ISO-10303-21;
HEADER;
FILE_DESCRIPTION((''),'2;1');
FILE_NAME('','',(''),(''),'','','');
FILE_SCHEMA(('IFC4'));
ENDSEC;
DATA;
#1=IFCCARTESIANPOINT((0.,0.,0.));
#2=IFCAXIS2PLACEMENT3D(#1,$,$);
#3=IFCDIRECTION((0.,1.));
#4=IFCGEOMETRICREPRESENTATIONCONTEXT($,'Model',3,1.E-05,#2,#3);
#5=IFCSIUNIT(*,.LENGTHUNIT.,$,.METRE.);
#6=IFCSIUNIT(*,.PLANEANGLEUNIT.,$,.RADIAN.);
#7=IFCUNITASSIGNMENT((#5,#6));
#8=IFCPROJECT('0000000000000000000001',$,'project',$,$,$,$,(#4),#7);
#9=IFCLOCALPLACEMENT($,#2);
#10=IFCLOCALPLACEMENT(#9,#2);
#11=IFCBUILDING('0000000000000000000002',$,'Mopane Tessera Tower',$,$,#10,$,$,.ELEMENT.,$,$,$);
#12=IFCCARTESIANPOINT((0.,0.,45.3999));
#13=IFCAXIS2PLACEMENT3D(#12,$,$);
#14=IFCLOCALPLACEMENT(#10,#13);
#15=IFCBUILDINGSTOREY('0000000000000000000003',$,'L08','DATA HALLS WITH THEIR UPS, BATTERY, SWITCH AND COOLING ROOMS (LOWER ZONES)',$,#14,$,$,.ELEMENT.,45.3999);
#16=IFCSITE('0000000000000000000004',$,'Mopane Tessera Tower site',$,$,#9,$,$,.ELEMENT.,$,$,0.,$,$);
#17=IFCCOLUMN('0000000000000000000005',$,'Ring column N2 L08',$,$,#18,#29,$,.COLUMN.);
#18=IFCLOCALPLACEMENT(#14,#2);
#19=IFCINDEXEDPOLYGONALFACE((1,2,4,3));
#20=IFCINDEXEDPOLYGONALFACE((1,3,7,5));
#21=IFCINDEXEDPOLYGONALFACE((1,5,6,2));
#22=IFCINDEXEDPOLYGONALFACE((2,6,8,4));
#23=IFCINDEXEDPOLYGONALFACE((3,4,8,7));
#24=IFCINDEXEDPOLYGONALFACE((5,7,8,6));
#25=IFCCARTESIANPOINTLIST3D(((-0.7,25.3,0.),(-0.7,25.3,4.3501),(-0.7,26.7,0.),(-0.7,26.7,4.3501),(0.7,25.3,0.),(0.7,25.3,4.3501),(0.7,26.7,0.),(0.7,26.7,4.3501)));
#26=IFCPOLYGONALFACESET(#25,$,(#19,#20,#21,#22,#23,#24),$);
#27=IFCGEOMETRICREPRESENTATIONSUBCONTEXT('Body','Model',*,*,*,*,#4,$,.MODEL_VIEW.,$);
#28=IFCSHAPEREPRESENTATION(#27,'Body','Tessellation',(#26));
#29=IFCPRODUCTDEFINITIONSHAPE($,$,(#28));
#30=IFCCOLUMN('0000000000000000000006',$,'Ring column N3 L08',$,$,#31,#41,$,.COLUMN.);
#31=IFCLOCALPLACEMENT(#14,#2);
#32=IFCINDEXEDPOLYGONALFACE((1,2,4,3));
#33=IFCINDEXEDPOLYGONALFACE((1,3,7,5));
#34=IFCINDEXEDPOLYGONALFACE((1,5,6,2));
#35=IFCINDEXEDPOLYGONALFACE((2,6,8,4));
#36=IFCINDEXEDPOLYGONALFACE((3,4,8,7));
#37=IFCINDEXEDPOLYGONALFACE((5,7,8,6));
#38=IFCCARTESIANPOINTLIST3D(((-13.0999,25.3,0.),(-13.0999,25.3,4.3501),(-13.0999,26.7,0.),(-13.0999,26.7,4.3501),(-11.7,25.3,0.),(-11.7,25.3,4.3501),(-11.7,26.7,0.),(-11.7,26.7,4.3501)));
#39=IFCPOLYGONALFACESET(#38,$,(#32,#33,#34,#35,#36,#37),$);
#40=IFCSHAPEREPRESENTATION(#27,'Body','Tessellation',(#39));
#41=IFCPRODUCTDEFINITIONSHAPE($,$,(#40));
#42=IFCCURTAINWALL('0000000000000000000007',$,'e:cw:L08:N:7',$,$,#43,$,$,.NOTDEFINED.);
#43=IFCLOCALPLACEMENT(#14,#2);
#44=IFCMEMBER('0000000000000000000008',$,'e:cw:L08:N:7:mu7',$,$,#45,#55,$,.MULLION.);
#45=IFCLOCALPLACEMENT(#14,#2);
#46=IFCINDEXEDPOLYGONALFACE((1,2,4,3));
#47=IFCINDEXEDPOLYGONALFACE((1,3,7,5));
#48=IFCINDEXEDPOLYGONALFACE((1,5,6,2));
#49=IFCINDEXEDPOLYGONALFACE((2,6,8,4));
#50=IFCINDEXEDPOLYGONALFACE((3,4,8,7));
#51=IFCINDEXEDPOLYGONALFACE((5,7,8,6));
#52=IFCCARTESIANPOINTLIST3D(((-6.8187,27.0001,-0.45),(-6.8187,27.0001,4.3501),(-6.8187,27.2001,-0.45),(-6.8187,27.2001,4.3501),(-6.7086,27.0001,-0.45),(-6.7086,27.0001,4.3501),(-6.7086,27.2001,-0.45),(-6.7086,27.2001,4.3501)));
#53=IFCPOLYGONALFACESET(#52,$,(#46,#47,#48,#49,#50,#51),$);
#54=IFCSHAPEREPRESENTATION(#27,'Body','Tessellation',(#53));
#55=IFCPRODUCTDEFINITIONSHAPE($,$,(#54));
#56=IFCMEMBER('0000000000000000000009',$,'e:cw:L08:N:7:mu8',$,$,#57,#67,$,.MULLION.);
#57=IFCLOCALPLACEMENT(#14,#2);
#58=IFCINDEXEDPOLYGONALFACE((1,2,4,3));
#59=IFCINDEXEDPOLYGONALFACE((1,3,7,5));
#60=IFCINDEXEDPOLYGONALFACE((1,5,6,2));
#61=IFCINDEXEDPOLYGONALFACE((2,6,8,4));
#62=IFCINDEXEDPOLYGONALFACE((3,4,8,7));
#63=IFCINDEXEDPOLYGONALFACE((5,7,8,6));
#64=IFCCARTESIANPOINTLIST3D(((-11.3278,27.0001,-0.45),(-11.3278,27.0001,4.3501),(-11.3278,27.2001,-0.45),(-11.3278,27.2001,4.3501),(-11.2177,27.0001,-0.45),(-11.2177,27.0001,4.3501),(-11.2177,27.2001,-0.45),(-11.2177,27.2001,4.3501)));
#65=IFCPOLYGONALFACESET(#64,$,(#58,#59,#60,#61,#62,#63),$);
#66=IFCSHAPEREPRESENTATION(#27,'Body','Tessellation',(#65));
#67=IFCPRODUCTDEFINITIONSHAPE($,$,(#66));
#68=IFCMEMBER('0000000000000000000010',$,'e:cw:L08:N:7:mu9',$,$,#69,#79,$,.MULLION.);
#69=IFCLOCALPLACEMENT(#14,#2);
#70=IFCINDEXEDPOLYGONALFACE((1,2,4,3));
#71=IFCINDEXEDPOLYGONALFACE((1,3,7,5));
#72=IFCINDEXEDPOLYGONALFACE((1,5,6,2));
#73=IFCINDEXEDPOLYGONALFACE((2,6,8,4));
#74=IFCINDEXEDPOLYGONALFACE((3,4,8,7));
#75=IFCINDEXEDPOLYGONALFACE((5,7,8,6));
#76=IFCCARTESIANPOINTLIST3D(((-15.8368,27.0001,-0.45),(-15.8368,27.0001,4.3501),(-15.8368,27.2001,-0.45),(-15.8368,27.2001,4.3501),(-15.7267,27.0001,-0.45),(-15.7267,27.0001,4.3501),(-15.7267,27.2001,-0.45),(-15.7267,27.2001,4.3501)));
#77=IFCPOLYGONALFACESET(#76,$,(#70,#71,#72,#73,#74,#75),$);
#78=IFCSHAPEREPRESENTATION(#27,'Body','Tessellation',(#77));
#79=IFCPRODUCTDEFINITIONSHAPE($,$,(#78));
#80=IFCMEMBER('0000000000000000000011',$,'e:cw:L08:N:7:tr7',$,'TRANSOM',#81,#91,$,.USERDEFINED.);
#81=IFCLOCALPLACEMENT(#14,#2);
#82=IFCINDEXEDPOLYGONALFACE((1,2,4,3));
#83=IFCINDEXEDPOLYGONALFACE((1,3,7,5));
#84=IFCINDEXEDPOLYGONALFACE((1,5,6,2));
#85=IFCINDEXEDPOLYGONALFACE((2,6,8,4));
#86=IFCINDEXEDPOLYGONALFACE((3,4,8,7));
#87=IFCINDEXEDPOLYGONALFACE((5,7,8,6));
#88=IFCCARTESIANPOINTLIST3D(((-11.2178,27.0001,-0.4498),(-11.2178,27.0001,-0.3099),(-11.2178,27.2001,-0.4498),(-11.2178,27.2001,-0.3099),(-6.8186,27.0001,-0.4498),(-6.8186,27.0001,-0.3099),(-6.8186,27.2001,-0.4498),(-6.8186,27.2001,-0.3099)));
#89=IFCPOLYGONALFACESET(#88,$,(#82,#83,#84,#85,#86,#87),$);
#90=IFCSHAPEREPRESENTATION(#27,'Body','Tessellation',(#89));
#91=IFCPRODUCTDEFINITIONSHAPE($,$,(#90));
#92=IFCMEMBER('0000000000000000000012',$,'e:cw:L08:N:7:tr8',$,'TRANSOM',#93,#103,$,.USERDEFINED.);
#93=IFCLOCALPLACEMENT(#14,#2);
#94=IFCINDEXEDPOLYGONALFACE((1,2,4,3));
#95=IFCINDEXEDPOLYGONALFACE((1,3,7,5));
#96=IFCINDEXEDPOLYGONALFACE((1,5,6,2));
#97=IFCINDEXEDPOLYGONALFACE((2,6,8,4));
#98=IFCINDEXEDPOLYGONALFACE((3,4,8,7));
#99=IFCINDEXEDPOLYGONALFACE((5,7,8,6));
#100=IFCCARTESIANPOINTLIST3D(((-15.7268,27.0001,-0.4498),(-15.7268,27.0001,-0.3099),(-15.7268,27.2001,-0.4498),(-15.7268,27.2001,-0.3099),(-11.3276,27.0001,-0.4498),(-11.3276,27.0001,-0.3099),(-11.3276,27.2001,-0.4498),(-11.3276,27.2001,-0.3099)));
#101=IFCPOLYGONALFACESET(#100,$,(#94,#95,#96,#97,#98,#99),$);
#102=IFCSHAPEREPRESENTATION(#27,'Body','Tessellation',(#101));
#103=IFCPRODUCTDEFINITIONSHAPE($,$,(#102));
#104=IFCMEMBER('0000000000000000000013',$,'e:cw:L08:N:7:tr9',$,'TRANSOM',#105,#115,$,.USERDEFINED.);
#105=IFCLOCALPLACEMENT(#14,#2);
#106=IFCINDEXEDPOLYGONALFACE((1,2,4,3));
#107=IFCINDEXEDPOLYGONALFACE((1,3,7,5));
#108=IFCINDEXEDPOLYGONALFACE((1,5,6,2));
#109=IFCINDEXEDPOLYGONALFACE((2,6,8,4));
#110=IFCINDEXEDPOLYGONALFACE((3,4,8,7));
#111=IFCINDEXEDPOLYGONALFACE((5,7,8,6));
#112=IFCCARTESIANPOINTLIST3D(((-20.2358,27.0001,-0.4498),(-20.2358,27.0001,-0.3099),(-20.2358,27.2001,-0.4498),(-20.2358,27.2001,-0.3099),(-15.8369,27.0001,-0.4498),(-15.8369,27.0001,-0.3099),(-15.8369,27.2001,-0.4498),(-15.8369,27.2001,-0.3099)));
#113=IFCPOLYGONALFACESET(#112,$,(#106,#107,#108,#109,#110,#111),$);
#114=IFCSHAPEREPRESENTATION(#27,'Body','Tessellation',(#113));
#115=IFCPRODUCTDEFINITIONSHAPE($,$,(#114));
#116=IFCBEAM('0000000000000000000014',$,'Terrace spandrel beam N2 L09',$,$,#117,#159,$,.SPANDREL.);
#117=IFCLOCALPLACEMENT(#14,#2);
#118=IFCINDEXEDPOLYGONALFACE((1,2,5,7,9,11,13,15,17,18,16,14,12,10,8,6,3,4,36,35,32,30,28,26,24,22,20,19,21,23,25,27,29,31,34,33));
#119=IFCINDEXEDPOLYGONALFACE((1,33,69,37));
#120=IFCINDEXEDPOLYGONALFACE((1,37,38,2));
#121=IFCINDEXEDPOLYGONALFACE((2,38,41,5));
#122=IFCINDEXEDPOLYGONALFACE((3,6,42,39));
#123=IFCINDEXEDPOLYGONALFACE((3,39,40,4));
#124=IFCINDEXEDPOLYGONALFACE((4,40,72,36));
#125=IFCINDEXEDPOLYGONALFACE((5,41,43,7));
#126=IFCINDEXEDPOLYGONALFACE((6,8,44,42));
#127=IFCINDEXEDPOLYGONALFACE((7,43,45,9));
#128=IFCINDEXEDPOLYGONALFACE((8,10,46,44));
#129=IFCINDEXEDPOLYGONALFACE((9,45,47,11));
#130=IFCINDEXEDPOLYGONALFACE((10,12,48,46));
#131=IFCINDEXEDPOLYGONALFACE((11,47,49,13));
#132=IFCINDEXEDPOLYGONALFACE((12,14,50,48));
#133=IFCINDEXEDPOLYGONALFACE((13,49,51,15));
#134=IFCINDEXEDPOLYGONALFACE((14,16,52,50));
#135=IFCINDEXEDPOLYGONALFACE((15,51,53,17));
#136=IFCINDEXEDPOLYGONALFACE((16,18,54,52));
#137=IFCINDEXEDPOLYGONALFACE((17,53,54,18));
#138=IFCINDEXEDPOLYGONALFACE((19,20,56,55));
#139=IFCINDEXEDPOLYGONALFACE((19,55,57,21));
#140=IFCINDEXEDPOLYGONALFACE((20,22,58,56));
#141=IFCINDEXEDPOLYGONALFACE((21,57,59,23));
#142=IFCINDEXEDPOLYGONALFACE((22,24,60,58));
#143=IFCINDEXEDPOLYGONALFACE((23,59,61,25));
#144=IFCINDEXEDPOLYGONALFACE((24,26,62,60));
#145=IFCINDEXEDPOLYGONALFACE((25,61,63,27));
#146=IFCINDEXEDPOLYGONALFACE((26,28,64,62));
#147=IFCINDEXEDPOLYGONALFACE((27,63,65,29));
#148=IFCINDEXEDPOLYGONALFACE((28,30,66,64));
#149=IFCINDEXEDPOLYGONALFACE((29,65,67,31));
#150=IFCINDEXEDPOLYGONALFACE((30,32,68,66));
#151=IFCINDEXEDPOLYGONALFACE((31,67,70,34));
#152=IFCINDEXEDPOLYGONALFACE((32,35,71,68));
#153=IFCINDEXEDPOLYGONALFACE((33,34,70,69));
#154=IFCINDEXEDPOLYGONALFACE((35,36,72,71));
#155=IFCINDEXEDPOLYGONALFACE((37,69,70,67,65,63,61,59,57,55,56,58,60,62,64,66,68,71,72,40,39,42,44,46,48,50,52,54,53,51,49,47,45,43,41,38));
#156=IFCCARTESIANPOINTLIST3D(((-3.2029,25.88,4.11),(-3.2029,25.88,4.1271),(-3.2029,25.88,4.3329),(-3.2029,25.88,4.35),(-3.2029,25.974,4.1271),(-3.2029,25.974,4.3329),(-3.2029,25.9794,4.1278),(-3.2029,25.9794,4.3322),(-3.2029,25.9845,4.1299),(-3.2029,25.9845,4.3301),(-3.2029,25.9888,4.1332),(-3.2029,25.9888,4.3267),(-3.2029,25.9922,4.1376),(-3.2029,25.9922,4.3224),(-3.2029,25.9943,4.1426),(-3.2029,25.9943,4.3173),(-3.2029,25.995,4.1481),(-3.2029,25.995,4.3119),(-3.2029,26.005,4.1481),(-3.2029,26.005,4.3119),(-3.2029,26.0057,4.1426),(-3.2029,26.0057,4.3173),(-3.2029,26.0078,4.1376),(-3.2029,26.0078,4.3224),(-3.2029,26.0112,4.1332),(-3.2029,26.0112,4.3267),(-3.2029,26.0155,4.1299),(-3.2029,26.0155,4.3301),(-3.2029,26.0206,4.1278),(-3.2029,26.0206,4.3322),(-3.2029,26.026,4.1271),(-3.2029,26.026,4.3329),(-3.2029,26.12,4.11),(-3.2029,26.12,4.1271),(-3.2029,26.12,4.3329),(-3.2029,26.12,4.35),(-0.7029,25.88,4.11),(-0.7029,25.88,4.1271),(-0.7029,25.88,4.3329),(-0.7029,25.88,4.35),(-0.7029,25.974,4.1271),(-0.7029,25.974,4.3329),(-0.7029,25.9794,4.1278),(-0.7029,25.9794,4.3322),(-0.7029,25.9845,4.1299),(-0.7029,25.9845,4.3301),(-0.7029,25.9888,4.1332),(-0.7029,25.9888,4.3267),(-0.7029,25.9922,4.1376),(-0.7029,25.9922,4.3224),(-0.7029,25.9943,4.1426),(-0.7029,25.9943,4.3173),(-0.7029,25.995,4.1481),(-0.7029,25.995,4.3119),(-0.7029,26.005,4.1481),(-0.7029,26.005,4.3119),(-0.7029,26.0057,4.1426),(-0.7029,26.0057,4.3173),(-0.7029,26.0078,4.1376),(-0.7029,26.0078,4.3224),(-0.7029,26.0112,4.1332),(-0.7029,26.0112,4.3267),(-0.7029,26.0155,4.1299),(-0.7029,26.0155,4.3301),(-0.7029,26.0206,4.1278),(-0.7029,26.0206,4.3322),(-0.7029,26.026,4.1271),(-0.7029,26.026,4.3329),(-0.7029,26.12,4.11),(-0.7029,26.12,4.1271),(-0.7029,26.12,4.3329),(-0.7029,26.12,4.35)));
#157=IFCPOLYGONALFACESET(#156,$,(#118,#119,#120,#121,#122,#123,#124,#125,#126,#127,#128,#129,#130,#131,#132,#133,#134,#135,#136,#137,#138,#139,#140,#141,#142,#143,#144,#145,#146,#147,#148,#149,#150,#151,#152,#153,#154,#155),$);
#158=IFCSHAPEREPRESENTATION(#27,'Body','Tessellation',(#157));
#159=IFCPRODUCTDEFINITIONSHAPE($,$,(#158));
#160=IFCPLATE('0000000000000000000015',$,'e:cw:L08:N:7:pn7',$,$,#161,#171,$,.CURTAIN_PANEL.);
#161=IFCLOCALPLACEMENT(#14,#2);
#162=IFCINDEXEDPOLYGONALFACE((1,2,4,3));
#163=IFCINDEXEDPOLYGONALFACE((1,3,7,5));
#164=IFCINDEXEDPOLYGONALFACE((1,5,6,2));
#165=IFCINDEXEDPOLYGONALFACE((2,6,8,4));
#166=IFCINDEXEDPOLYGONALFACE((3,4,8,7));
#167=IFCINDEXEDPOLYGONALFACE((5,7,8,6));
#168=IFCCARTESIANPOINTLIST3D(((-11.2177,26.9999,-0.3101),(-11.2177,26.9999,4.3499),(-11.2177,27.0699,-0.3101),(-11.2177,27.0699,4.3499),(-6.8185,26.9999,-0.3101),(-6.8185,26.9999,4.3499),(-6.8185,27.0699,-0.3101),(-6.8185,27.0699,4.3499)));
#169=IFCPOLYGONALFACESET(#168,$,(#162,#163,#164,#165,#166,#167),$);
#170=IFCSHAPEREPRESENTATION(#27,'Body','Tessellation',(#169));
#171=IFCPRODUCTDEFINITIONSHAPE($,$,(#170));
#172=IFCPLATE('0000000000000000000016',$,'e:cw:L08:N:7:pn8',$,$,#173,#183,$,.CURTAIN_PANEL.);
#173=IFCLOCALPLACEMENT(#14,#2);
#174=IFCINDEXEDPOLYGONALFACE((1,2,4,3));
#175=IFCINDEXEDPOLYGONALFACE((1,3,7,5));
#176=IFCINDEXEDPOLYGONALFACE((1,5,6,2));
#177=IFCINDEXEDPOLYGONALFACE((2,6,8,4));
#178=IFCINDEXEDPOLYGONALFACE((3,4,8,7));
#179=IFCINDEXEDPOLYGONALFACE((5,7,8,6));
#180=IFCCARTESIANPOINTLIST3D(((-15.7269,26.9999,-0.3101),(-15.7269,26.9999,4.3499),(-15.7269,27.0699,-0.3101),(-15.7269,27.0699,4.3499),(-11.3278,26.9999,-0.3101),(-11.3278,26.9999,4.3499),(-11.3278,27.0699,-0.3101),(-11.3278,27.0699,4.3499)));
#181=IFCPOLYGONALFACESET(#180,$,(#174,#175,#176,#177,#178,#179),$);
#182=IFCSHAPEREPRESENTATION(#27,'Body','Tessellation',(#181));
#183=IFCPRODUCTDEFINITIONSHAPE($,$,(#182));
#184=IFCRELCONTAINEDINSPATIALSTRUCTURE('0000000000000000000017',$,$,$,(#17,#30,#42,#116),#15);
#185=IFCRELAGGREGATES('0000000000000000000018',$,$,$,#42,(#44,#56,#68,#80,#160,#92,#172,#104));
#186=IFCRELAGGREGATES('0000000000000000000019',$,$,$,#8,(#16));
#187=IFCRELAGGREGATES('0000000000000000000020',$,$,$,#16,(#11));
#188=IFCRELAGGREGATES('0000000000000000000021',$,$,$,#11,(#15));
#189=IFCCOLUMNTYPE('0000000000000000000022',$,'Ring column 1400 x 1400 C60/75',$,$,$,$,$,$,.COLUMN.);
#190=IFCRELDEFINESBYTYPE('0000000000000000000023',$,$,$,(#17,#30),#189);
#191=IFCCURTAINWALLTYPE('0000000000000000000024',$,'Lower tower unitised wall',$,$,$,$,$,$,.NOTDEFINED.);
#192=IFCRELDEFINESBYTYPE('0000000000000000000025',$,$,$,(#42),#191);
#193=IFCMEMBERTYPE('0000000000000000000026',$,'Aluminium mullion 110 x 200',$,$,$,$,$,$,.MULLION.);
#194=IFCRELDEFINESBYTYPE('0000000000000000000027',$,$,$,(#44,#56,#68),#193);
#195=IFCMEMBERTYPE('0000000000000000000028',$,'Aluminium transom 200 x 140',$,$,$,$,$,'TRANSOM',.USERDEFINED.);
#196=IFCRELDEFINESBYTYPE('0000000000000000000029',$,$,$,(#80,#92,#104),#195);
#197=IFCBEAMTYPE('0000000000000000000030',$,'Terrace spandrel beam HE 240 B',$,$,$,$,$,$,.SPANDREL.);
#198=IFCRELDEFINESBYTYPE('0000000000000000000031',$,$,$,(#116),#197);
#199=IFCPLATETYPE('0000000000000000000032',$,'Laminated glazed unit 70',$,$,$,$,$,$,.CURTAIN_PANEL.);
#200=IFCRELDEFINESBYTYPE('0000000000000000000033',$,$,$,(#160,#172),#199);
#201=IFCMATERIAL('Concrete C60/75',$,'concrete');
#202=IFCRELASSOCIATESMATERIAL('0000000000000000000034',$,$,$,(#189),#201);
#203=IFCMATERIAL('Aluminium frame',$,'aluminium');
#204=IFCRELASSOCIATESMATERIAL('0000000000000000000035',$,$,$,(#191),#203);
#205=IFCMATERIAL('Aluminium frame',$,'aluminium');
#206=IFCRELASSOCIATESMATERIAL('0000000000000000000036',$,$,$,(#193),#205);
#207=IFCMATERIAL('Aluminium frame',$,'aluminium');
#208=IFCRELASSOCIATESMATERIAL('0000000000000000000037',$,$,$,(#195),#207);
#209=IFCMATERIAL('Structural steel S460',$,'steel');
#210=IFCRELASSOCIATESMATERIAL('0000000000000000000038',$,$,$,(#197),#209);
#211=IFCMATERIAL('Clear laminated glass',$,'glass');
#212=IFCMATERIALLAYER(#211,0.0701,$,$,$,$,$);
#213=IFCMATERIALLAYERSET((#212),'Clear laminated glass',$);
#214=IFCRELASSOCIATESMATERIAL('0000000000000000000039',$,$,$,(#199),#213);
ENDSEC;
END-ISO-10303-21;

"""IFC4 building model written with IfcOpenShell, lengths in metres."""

from ifc_helpers import new_model, si_unit, direction, frame, origin, origin_2d, place, context, subcontext, project, spatial, rectangle, i_section, extrude, material, layer, layer_set, material_profile, profile_set, type_object, element, aggregate, save


model = new_model("IFC4")

# Units and contexts
model_context = context("Model", 3, precision=1e-05, world=origin(), true_north=direction((0.0, 1.0)))
body_context = subcontext(model_context, "Body", "Model", "MODEL_VIEW")
ifc_project = project(units=[si_unit("LENGTHUNIT", "METRE"), si_unit("PLANEANGLEUNIT", "RADIAN")], contexts=[model_context])

# Site, building, storey
site_placement = place(None, origin())
site = spatial("IfcSite", under=ifc_project, at=site_placement, Name="Mopane Tessera Tower site", CompositionType="ELEMENT", RefElevation=0.0)
building_placement = place(site_placement, origin())
building = spatial("IfcBuilding", under=site, at=building_placement, Name="Mopane Tessera Tower", CompositionType="ELEMENT")
storey_placement = place(building_placement, frame((0.0, 0.0, 45.3999)))
storey = spatial("IfcBuildingStorey", under=building, at=storey_placement, Name="L08", Description="DATA HALLS WITH THEIR UPS, BATTERY, SWITCH AND COOLING ROOMS (LOWER ZONES)", CompositionType="ELEMENT", Elevation=45.3999)

# Columns
ifc_material_1 = material(Name="Concrete C60/75", Category="concrete")
ifc_material_profile_1 = material_profile(ifc_material_1, rectangle(XDim=1.3999, YDim=1.3999, at=origin_2d()))
ifc_profile_set_1 = profile_set([ifc_material_profile_1], Name="Concrete C60/75")
column_type = type_object("IfcColumnType", Name="Ring column 1400 x 1400 C60/75", PredefinedType="COLUMN", material=ifc_profile_set_1)
for number, where, z_axis, x_axis, name in (
    (1, (0.0, 26.0, 0.0), (0.0, 0.0, 1.0), (1.0, 0.0, 0.0), "Ring column N2 L08"),
    (2, (-12.3999, 26.0, 0.0), (0.0, 0.0, 1.0), (1.0, 0.0, 0.0), "Ring column N3 L08"),
):
    element("IfcColumn", number, at=place(storey_placement, frame(where, z_axis=z_axis, x_axis=x_axis)), inside=storey, type_object=column_type, Name=name, PredefinedType="COLUMN", context=body_context, shape_type="SweptSolid", body=[
        extrude(rectangle(XDim=1.3999, YDim=1.3999, at=origin_2d()), origin(), (0.0, 0.0, 1.0), 4.3501),
    ])

# Curtain wall, members
ifc_material_2 = material(Name="Aluminium frame", Category="aluminium")
curtain_wall_type = type_object("IfcCurtainWallType", Name="Lower tower unitised wall", PredefinedType="NOTDEFINED", material=ifc_material_2)
curtain_wall_placement = place(storey_placement, origin())
curtain_wall = element("IfcCurtainWall", 3, at=curtain_wall_placement, inside=storey, type_object=curtain_wall_type, Name="e:cw:L08:N:7", PredefinedType="NOTDEFINED")
ifc_material_3 = material(Name="Aluminium frame", Category="aluminium")
ifc_material_profile_2 = material_profile(ifc_material_3, rectangle(XDim=0.1101, YDim=0.2, at=origin_2d()))
ifc_profile_set_2 = profile_set([ifc_material_profile_2], Name="Aluminium frame")
member_type_1 = type_object("IfcMemberType", Name="Aluminium mullion 110 x 200", PredefinedType="MULLION", material=ifc_profile_set_2)
member_1_placement = place(storey_placement, frame((-6.7637, 27.1001, -0.45), z_axis=(0.0, 0.0, 1.0), x_axis=(-1.0, 0.0, 0.0)))
member_1 = element("IfcMember", 4, at=member_1_placement, type_object=member_type_1, Name="e:cw:L08:N:7:mu7", PredefinedType="MULLION", context=body_context, shape_type="SweptSolid", body=[
    extrude(rectangle(XDim=0.1101, YDim=0.2, at=origin_2d()), origin(), (0.0, 0.0, 1.0), 4.8),
])
member_2_placement = place(storey_placement, frame((-11.2727, 27.1001, -0.45), z_axis=(0.0, 0.0, 1.0), x_axis=(-1.0, 0.0, 0.0)))
member_2 = element("IfcMember", 5, at=member_2_placement, type_object=member_type_1, Name="e:cw:L08:N:7:mu8", PredefinedType="MULLION", context=body_context, shape_type="SweptSolid", body=[
    extrude(rectangle(XDim=0.1101, YDim=0.2, at=origin_2d()), origin(), (0.0, 0.0, 1.0), 4.8),
])
member_3_placement = place(storey_placement, frame((-15.7817, 27.1001, -0.45), z_axis=(0.0, 0.0, 1.0), x_axis=(-1.0, 0.0, 0.0)))
member_3 = element("IfcMember", 6, at=member_3_placement, type_object=member_type_1, Name="e:cw:L08:N:7:mu9", PredefinedType="MULLION", context=body_context, shape_type="SweptSolid", body=[
    extrude(rectangle(XDim=0.1101, YDim=0.2, at=origin_2d()), origin(), (0.0, 0.0, 1.0), 4.8),
])
ifc_material_4 = material(Name="Aluminium frame", Category="aluminium")
ifc_material_profile_3 = material_profile(ifc_material_4, rectangle(XDim=0.2, YDim=0.1399, at=origin_2d()))
ifc_profile_set_3 = profile_set([ifc_material_profile_3], Name="Aluminium frame")
member_type_2 = type_object("IfcMemberType", Name="Aluminium transom 200 x 140", ElementType="TRANSOM", PredefinedType="USERDEFINED", material=ifc_profile_set_3)
member_4_placement = place(storey_placement, frame((-6.8186, 27.1001, -0.3799), z_axis=(-1.0, 0.0, 0.0), x_axis=(0.0, -1.0, 0.0)))
member_4 = element("IfcMember", 7, at=member_4_placement, type_object=member_type_2, Name="e:cw:L08:N:7:tr7", ObjectType="TRANSOM", PredefinedType="USERDEFINED", context=body_context, shape_type="SweptSolid", body=[
    extrude(rectangle(XDim=0.2, YDim=0.1399, at=origin_2d()), origin(), (0.0, 0.0, 1.0), 4.3992),
])
member_5_placement = place(storey_placement, frame((-11.3276, 27.1001, -0.3799), z_axis=(-1.0, 0.0, 0.0), x_axis=(0.0, -1.0, 0.0)))
member_5 = element("IfcMember", 8, at=member_5_placement, type_object=member_type_2, Name="e:cw:L08:N:7:tr8", ObjectType="TRANSOM", PredefinedType="USERDEFINED", context=body_context, shape_type="SweptSolid", body=[
    extrude(rectangle(XDim=0.2, YDim=0.1399, at=origin_2d()), origin(), (0.0, 0.0, 1.0), 4.3992),
])
member_6_placement = place(storey_placement, frame((-15.8369, 27.1001, -0.3799), z_axis=(-1.0, 0.0, 0.0), x_axis=(0.0, -1.0, 0.0)))
member_6 = element("IfcMember", 9, at=member_6_placement, type_object=member_type_2, Name="e:cw:L08:N:7:tr9", ObjectType="TRANSOM", PredefinedType="USERDEFINED", context=body_context, shape_type="SweptSolid", body=[
    extrude(rectangle(XDim=0.2, YDim=0.1399, at=origin_2d()), origin(), (0.0, 0.0, 1.0), 4.3989),
])

# Beam
ifc_material_5 = material(Name="Structural steel S460", Category="steel")
ifc_material_profile_4 = material_profile(ifc_material_5, i_section(OverallWidth=0.24, OverallDepth=0.24, WebThickness=0.01, FlangeThickness=0.0171, FilletRadius=0.021, at=origin_2d()))
ifc_profile_set_4 = profile_set([ifc_material_profile_4], Name="Structural steel S460")
beam_type = type_object("IfcBeamType", Name="Terrace spandrel beam HE 240 B", PredefinedType="SPANDREL", material=ifc_profile_set_4)
beam_placement = place(storey_placement, frame((-0.7029, 26.0, 4.23), z_axis=(-1.0, 0.0, 0.0), x_axis=(0.0, -1.0, 0.0)))
element("IfcBeam", 10, at=beam_placement, inside=storey, type_object=beam_type, Name="Terrace spandrel beam N2 L09", PredefinedType="SPANDREL", context=body_context, shape_type="SweptSolid", body=[
    extrude(i_section(OverallWidth=0.24, OverallDepth=0.24, WebThickness=0.01, FlangeThickness=0.0171, FilletRadius=0.021, at=origin_2d()), origin(), (0.0, 0.0, 1.0), 2.5),
])

# Plates
ifc_material_6 = material(Name="Clear laminated glass", Category="glass")
ifc_layer_1 = layer(ifc_material_6, 0.0701)
ifc_layer_set_1 = layer_set([ifc_layer_1], Name="Clear laminated glass")
plate_type = type_object("IfcPlateType", Name="Laminated glazed unit 70", PredefinedType="CURTAIN_PANEL", material=ifc_layer_set_1)
plate_1_placement = place(storey_placement, frame((-9.0181, 27.0349, -0.3101), z_axis=(0.0, 0.0, 1.0), x_axis=(-1.0, 0.0, 0.0)))
plate_1 = element("IfcPlate", 11, at=plate_1_placement, type_object=plate_type, Name="e:cw:L08:N:7:pn7", PredefinedType="CURTAIN_PANEL", context=body_context, shape_type="SweptSolid", body=[
    extrude(rectangle(XDim=4.3992, YDim=0.0701, at=origin_2d()), origin(), (0.0, 0.0, 1.0), 4.6599),
])
plate_2_placement = place(storey_placement, frame((-13.5273, 27.0349, -0.3101), z_axis=(0.0, 0.0, 1.0), x_axis=(-1.0, 0.0, 0.0)))
plate_2 = element("IfcPlate", 12, at=plate_2_placement, type_object=plate_type, Name="e:cw:L08:N:7:pn8", PredefinedType="CURTAIN_PANEL", context=body_context, shape_type="SweptSolid", body=[
    extrude(rectangle(XDim=4.3992, YDim=0.0701, at=origin_2d()), origin(), (0.0, 0.0, 1.0), 4.6599),
])
aggregate(curtain_wall, [member_1, member_2, member_3, member_4, plate_1, member_5, plate_2, member_6])

save(model, "model.ifc")
